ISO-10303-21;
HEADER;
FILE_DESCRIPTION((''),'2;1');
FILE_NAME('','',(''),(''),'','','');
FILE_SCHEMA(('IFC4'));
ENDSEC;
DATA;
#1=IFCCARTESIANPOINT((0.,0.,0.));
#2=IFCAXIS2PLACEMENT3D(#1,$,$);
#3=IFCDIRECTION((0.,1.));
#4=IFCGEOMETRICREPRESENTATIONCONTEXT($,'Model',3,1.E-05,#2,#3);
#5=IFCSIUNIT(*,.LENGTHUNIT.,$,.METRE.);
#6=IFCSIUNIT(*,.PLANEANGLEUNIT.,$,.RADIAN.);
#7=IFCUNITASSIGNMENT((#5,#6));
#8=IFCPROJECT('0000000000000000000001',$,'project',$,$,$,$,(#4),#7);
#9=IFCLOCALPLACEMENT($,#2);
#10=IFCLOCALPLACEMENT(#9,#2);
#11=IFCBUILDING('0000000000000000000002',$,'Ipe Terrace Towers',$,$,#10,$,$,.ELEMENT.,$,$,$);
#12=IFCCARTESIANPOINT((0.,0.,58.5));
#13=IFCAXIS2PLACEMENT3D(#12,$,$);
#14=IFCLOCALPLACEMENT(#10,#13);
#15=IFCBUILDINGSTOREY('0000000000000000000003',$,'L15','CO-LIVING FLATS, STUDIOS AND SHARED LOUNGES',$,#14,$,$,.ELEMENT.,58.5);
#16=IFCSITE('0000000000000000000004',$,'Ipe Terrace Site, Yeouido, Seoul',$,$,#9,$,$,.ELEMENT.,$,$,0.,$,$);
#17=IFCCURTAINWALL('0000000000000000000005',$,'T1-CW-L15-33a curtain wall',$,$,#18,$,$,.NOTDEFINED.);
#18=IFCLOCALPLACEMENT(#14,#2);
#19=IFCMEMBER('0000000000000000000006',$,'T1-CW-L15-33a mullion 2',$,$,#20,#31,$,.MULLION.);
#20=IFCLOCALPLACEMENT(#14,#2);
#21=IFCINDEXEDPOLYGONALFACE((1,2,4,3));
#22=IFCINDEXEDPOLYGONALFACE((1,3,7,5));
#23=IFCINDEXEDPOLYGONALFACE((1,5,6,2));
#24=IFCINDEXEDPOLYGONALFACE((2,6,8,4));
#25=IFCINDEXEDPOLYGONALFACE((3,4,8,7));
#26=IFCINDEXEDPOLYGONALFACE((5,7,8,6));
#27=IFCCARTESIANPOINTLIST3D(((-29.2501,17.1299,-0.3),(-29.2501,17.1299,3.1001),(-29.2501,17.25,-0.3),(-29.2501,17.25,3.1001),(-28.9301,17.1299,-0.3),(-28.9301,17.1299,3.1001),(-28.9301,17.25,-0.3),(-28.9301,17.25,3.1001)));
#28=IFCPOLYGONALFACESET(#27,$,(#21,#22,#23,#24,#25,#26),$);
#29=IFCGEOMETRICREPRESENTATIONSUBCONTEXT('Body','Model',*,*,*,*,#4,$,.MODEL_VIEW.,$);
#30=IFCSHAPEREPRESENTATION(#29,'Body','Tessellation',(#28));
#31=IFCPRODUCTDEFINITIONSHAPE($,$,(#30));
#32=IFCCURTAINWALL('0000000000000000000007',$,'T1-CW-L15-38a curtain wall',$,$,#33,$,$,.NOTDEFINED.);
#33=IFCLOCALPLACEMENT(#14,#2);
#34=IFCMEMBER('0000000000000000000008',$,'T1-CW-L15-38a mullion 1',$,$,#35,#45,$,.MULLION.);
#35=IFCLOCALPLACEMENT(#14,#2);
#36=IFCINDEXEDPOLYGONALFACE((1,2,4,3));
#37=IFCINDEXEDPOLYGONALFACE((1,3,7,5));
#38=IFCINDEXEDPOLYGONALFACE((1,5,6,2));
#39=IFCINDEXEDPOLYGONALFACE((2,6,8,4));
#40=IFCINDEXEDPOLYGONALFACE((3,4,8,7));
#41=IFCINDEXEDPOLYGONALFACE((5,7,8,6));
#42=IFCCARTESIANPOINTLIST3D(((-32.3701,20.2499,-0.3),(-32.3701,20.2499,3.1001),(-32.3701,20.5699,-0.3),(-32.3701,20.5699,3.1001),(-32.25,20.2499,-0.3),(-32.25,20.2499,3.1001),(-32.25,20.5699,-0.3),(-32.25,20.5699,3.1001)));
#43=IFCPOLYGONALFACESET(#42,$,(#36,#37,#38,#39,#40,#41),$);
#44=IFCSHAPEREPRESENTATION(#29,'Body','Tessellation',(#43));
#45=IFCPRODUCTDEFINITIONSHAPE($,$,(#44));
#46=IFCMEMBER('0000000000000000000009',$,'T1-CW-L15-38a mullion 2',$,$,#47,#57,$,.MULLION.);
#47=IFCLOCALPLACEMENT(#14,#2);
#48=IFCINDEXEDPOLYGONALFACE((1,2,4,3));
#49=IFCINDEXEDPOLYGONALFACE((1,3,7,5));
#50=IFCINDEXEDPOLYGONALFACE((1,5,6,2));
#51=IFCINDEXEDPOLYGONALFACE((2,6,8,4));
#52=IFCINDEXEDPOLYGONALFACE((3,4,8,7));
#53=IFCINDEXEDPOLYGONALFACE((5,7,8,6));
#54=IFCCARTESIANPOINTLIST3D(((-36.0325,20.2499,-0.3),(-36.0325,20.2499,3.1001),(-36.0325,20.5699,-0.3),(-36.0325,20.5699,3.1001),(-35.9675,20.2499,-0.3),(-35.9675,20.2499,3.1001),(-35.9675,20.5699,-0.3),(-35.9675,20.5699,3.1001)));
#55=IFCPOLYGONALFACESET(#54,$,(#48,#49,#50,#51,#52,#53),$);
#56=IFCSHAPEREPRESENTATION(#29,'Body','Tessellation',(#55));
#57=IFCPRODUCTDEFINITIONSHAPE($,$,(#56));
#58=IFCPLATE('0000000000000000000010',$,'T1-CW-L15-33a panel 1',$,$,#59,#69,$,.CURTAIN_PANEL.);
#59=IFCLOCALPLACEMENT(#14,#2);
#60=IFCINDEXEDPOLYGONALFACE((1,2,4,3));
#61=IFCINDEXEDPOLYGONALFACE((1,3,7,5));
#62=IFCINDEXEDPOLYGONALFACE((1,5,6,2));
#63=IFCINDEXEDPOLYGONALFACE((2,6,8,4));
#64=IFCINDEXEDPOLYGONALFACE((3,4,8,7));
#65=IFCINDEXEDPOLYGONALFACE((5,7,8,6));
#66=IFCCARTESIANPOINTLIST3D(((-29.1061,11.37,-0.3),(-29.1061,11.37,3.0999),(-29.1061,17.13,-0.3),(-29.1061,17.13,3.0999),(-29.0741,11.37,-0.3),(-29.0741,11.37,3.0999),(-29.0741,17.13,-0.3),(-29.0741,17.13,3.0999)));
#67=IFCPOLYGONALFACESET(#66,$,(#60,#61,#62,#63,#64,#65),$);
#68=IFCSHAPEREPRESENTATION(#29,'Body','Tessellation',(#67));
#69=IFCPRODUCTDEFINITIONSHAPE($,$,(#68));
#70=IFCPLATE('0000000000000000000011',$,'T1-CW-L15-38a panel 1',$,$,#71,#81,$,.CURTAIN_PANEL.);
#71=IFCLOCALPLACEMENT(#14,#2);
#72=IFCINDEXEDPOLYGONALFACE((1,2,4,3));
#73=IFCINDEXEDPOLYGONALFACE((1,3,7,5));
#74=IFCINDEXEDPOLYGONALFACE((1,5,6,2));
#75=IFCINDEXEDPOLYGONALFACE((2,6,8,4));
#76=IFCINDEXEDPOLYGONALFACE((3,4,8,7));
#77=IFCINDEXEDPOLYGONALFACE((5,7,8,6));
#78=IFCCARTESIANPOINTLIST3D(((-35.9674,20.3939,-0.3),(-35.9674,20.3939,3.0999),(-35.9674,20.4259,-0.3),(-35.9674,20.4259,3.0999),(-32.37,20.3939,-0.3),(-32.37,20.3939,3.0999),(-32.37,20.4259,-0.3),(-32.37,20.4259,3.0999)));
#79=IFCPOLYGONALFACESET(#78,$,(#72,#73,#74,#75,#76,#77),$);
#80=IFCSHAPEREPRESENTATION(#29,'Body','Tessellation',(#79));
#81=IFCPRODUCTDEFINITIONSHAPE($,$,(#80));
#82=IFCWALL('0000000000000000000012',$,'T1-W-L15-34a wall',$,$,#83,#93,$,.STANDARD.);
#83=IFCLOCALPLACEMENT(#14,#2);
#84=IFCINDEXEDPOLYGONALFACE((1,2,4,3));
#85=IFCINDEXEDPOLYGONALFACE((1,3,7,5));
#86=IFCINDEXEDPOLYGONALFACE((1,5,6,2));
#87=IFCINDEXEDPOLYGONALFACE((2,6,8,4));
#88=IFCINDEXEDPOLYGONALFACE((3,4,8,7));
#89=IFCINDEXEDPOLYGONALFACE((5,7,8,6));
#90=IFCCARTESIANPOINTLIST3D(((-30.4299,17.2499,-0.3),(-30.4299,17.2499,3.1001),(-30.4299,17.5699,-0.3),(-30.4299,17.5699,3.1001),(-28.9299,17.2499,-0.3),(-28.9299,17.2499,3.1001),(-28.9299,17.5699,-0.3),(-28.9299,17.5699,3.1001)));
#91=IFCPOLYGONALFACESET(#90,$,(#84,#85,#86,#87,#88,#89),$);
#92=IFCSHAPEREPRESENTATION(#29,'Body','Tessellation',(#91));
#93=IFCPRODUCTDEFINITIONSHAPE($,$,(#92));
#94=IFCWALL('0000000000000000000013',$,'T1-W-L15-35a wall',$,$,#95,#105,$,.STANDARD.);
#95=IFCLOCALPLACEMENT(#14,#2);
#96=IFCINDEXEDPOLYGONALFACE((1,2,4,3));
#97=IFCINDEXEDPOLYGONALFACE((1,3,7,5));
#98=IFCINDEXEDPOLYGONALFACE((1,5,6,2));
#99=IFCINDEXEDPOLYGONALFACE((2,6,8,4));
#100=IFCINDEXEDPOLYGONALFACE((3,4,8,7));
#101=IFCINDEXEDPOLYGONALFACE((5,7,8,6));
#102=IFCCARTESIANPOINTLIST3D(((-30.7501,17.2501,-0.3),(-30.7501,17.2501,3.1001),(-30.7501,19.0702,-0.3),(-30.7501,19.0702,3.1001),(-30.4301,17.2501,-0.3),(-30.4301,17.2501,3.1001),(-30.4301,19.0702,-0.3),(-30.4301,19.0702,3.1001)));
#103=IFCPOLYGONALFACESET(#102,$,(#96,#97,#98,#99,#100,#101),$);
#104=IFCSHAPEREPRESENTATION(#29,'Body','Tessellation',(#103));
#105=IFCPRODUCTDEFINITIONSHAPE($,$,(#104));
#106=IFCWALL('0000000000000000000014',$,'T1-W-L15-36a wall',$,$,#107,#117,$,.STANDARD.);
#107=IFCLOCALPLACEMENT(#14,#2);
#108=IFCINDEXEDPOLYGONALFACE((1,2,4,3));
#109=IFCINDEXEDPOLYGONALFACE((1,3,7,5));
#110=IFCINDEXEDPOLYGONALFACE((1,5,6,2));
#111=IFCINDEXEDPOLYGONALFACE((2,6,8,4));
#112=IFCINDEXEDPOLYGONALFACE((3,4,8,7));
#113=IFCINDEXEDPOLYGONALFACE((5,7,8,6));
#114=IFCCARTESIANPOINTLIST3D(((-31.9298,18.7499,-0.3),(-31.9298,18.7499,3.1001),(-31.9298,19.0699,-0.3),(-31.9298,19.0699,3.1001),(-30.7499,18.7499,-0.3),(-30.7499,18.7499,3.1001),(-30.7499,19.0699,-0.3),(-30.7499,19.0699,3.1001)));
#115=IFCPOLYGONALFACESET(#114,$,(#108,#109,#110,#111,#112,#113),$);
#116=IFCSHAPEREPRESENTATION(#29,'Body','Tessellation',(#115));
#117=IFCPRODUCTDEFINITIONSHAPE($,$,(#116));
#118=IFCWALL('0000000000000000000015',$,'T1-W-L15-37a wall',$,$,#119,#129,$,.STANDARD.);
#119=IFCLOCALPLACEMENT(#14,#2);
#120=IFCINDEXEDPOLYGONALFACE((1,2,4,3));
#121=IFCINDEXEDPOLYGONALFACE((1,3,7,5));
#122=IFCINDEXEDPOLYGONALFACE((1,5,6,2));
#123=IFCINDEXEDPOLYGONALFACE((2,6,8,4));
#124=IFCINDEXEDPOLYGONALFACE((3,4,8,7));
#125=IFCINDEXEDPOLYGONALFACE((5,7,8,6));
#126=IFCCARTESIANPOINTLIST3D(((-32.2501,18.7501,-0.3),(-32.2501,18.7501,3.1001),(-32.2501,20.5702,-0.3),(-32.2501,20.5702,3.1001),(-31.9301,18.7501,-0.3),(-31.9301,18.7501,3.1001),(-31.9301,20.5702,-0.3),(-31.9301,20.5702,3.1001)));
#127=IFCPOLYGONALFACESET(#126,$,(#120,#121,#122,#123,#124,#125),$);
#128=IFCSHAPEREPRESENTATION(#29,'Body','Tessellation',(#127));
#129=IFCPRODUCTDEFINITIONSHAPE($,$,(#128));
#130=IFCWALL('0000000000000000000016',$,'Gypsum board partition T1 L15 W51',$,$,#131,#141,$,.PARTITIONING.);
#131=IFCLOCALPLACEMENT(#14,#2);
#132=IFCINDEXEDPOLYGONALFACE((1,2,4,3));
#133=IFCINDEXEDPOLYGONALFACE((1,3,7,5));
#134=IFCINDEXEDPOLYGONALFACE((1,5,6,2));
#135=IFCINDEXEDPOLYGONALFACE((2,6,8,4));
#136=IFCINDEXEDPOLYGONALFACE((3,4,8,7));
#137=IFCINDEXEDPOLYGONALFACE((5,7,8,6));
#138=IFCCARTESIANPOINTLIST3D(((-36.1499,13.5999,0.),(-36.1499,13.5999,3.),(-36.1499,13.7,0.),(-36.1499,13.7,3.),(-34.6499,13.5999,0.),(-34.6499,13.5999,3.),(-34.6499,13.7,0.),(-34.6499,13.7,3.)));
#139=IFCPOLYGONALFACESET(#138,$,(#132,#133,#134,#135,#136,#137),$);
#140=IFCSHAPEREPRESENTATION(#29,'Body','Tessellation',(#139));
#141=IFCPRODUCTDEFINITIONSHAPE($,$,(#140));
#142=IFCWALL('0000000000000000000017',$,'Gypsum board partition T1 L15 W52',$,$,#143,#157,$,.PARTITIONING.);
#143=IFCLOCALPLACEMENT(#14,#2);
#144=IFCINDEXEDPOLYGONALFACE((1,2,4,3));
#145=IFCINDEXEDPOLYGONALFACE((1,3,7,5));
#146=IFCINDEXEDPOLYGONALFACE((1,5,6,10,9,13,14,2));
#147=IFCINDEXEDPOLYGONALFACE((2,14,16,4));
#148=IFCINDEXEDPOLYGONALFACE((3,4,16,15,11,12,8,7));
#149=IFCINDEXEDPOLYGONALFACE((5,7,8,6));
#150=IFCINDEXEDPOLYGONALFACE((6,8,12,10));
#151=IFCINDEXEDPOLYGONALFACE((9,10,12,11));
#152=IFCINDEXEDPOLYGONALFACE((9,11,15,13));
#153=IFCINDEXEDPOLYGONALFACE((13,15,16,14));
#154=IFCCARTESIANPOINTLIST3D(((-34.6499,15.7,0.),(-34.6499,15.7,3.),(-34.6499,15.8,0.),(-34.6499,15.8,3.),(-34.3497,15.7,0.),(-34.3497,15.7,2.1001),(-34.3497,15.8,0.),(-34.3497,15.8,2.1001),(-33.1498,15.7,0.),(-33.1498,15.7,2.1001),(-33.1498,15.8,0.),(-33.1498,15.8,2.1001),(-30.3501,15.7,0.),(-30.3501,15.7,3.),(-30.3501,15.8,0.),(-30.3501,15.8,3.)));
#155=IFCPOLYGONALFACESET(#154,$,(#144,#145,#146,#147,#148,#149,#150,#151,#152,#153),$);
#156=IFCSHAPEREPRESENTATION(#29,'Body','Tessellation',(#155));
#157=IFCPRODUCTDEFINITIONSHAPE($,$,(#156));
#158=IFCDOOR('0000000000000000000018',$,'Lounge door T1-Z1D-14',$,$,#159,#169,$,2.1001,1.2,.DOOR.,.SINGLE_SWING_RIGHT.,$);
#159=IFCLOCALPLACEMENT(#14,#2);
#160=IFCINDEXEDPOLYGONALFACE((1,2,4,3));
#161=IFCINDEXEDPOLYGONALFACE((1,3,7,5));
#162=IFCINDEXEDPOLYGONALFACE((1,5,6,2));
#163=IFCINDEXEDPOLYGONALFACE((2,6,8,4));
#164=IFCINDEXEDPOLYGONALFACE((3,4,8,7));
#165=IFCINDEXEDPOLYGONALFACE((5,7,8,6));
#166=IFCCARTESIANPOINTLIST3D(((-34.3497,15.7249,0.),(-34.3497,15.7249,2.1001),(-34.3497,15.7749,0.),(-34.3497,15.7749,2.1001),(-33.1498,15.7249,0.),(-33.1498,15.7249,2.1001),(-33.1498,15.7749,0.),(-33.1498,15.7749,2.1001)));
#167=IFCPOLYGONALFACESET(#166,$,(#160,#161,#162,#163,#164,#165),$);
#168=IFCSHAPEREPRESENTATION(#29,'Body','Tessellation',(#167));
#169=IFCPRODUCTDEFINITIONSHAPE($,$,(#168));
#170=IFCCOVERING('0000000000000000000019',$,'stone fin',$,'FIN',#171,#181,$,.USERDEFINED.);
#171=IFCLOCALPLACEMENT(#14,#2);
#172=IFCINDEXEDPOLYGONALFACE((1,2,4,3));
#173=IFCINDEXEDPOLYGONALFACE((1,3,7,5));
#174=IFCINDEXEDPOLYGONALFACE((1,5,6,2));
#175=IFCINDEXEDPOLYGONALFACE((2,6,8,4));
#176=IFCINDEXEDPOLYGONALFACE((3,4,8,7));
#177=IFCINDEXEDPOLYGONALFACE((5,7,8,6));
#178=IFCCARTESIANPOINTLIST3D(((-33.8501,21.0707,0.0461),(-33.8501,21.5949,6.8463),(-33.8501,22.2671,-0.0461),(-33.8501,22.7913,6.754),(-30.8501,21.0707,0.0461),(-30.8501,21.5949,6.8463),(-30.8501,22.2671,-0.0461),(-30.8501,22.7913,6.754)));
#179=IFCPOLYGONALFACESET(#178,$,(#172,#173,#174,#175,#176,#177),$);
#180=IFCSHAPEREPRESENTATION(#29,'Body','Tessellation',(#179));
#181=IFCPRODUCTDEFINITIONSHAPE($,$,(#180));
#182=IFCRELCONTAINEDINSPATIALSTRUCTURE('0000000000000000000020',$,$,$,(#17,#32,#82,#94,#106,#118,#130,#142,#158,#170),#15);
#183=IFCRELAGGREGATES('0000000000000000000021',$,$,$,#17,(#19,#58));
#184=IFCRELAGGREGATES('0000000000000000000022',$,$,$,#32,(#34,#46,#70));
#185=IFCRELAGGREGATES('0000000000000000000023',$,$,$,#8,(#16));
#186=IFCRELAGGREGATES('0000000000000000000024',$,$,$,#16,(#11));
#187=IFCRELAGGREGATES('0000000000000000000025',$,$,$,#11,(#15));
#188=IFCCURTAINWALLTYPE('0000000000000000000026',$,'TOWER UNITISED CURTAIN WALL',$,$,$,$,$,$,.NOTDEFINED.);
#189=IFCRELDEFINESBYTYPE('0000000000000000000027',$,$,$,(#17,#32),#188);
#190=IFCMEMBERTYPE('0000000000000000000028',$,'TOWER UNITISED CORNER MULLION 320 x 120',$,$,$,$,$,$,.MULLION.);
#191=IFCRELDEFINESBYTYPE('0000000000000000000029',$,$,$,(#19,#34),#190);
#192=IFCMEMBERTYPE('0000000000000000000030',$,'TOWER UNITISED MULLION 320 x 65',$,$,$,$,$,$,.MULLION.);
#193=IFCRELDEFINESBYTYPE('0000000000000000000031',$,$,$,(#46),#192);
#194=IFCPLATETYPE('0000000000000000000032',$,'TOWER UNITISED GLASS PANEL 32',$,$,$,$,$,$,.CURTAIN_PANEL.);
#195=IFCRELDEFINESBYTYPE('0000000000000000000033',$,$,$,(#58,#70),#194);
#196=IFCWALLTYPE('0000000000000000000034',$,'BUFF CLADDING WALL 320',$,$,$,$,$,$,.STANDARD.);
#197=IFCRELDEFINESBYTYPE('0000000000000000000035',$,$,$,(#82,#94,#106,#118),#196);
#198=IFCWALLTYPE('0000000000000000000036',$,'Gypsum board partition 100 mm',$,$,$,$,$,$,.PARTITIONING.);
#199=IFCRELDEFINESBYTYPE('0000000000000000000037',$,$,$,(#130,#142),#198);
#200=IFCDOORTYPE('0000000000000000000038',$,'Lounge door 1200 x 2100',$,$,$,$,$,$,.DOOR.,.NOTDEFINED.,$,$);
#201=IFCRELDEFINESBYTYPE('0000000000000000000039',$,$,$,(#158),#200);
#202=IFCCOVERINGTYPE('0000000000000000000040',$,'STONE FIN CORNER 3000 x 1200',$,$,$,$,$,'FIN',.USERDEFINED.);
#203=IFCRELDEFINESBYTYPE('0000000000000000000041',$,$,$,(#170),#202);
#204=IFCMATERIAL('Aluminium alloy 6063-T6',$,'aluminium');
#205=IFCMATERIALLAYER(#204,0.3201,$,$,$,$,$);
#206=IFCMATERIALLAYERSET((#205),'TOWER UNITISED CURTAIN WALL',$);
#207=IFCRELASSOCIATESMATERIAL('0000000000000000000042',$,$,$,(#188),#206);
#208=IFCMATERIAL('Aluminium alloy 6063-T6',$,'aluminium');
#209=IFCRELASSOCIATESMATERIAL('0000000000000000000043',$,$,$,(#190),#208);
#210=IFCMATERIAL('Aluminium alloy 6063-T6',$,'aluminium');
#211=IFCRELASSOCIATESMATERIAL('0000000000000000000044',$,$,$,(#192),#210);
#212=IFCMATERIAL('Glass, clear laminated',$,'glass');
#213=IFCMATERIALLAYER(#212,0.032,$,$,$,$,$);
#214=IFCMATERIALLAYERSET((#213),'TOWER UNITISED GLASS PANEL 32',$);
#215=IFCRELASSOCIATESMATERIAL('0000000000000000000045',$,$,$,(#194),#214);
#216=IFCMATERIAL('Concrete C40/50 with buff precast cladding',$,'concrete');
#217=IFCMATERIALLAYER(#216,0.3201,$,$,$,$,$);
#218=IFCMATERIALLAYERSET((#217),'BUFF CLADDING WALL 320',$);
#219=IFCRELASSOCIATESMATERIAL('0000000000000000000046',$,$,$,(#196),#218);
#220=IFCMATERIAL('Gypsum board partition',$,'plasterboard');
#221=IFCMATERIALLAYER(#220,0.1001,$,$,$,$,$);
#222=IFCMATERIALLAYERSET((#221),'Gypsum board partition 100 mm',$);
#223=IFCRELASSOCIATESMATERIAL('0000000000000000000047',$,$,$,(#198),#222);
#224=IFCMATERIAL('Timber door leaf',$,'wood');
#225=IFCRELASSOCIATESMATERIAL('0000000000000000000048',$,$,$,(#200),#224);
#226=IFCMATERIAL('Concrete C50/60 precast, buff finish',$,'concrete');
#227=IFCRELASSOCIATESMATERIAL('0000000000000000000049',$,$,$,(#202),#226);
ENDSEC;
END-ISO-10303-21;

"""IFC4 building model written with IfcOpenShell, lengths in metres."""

from ifc_helpers import new_model, si_unit, direction, frame, frame_2d, origin, origin_2d, place, context, subcontext, project, spatial, rectangle, extrude, material, layer, layer_set, material_profile, profile_set, type_object, element, fill, aggregate, save


model = new_model("IFC4")

# Units and contexts
model_context = context("Model", 3, precision=1e-05, world=origin(), true_north=direction((0.0, 1.0)))
body_context = subcontext(model_context, "Body", "Model", "MODEL_VIEW")
ifc_project = project(units=[si_unit("LENGTHUNIT", "METRE"), si_unit("PLANEANGLEUNIT", "RADIAN")], contexts=[model_context])

# Site, building, storey
site_placement = place(None, origin())
site = spatial("IfcSite", under=ifc_project, at=site_placement, Name="Ipe Terrace Site, Yeouido, Seoul", CompositionType="ELEMENT", RefElevation=0.0)
building_placement = place(site_placement, origin())
building = spatial("IfcBuilding", under=site, at=building_placement, Name="Ipe Terrace Towers", CompositionType="ELEMENT")
storey_placement = place(building_placement, frame((0.0, 0.0, 58.5)))
storey = spatial("IfcBuildingStorey", under=building, at=storey_placement, Name="L15", Description="CO-LIVING FLATS, STUDIOS AND SHARED LOUNGES", CompositionType="ELEMENT", Elevation=58.5)

# Curtain wall, member
ifc_material_1 = material(Name="Aluminium alloy 6063-T6", Category="aluminium")
ifc_layer_1 = layer(ifc_material_1, 0.3201)
ifc_layer_set_1 = layer_set([ifc_layer_1], Name="TOWER UNITISED CURTAIN WALL")
curtain_wall_type = type_object("IfcCurtainWallType", Name="TOWER UNITISED CURTAIN WALL", PredefinedType="NOTDEFINED", material=ifc_layer_set_1)
curtain_wall_1_placement = place(storey_placement, origin())
curtain_wall_1 = element("IfcCurtainWall", 1, at=curtain_wall_1_placement, inside=storey, type_object=curtain_wall_type, Name="T1-CW-L15-33a curtain wall", PredefinedType="NOTDEFINED")
ifc_material_2 = material(Name="Aluminium alloy 6063-T6", Category="aluminium")
ifc_material_profile_1 = material_profile(ifc_material_2, rectangle(XDim=0.3201, YDim=0.1201, at=origin_2d()), Name="TOWER UNITISED CORNER MULLION 320 x 120")
ifc_profile_set_1 = profile_set([ifc_material_profile_1], Name="Aluminium alloy 6063-T6")
member_type_1 = type_object("IfcMemberType", Name="TOWER UNITISED CORNER MULLION 320 x 120", PredefinedType="MULLION", material=ifc_profile_set_1)
member_1_placement = place(storey_placement, frame((-29.0901, 17.1899, -0.3), z_axis=(0.0, 0.0, 1.0), x_axis=(1.0, 0.0, 0.0)))
member_1 = element("IfcMember", 2, at=member_1_placement, type_object=member_type_1, Name="T1-CW-L15-33a mullion 2", PredefinedType="MULLION", context=body_context, shape_type="SweptSolid", body=[
    extrude(rectangle(XDim=0.3201, YDim=0.1201, at=origin_2d()), origin(), (0.0, 0.0, 1.0), 3.4001),
])

# Curtain wall, members
curtain_wall_2_placement = place(storey_placement, origin())
curtain_wall_2 = element("IfcCurtainWall", 3, at=curtain_wall_2_placement, inside=storey, type_object=curtain_wall_type, Name="T1-CW-L15-38a curtain wall", PredefinedType="NOTDEFINED")
member_2_placement = place(storey_placement, frame((-32.3101, 20.4099, -0.3), z_axis=(0.0, 0.0, 1.0), x_axis=(0.0, 1.0, 0.0)))
member_2 = element("IfcMember", 4, at=member_2_placement, type_object=member_type_1, Name="T1-CW-L15-38a mullion 1", PredefinedType="MULLION", context=body_context, shape_type="SweptSolid", body=[
    extrude(rectangle(XDim=0.3201, YDim=0.1201, at=origin_2d()), origin(), (0.0, 0.0, 1.0), 3.4001),
])
ifc_material_3 = material(Name="Aluminium alloy 6063-T6", Category="aluminium")
ifc_material_profile_2 = material_profile(ifc_material_3, rectangle(XDim=0.3201, YDim=0.0649, at=origin_2d()), Name="TOWER UNITISED MULLION 320 x 65")
ifc_profile_set_2 = profile_set([ifc_material_profile_2], Name="Aluminium alloy 6063-T6")
member_type_2 = type_object("IfcMemberType", Name="TOWER UNITISED MULLION 320 x 65", PredefinedType="MULLION", material=ifc_profile_set_2)
member_3_placement = place(storey_placement, frame((-36.0, 20.4099, -0.3), z_axis=(0.0, 0.0, 1.0), x_axis=(0.0, 1.0, 0.0)))
member_3 = element("IfcMember", 5, at=member_3_placement, type_object=member_type_2, Name="T1-CW-L15-38a mullion 2", PredefinedType="MULLION", context=body_context, shape_type="SweptSolid", body=[
    extrude(rectangle(XDim=0.3201, YDim=0.0649, at=origin_2d()), origin(), (0.0, 0.0, 1.0), 3.4001),
])

# Plates
ifc_material_4 = material(Name="Glass, clear laminated", Category="glass")
ifc_layer_2 = layer(ifc_material_4, 0.032)
ifc_layer_set_2 = layer_set([ifc_layer_2], Name="TOWER UNITISED GLASS PANEL 32")
plate_type = type_object("IfcPlateType", Name="TOWER UNITISED GLASS PANEL 32", PredefinedType="CURTAIN_PANEL", material=ifc_layer_set_2)
plate_1_placement = place(storey_placement, frame((-29.0901, 14.25, -0.3), z_axis=(0.0, 0.0, 1.0), x_axis=(0.0, 1.0, 0.0)))
plate_1 = element("IfcPlate", 6, at=plate_1_placement, type_object=plate_type, Name="T1-CW-L15-33a panel 1", PredefinedType="CURTAIN_PANEL", context=body_context, shape_type="SweptSolid", body=[
    extrude(rectangle(XDim=5.76, YDim=0.032, at=origin_2d()), origin(), (0.0, 0.0, 1.0), 3.3999),
])
aggregate(curtain_wall_1, [member_1, plate_1])
plate_2_placement = place(storey_placement, frame((-34.1687, 20.4099, -0.3), z_axis=(0.0, 0.0, 1.0), x_axis=(-1.0, 0.0, 0.0)))
plate_2 = element("IfcPlate", 7, at=plate_2_placement, type_object=plate_type, Name="T1-CW-L15-38a panel 1", PredefinedType="CURTAIN_PANEL", context=body_context, shape_type="SweptSolid", body=[
    extrude(rectangle(XDim=3.5974, YDim=0.032, at=origin_2d()), origin(), (0.0, 0.0, 1.0), 3.3999),
])
aggregate(curtain_wall_2, [member_2, member_3, plate_2])

# Walls
ifc_material_5 = material(Name="Concrete C40/50 with buff precast cladding", Category="concrete")
ifc_layer_3 = layer(ifc_material_5, 0.3201)
ifc_layer_set_3 = layer_set([ifc_layer_3], Name="BUFF CLADDING WALL 320")
wall_type_1 = type_object("IfcWallType", Name="BUFF CLADDING WALL 320", PredefinedType="STANDARD", material=ifc_layer_set_3)
wall_1_placement = place(storey_placement, frame((-28.9299, 17.4099, -0.3), z_axis=(0.0, 0.0, 1.0), x_axis=(-1.0, 0.0, 0.0)))
element("IfcWall", 8, at=wall_1_placement, inside=storey, type_object=wall_type_1, Name="T1-W-L15-34a wall", PredefinedType="STANDARD", context=body_context, shape_type="SweptSolid", body=[
    extrude(rectangle(XDim=1.5, YDim=0.3201, at=frame_2d((0.75, 0.0))), origin(), (0.0, 0.0, 1.0), 3.4001),
])
wall_2_placement = place(storey_placement, frame((-30.5901, 17.25, -0.3), z_axis=(0.0, 0.0, 1.0), x_axis=(0.0, 1.0, 0.0)))
element("IfcWall", 9, at=wall_2_placement, inside=storey, type_object=wall_type_1, Name="T1-W-L15-35a wall", PredefinedType="STANDARD", context=body_context, shape_type="SweptSolid", body=[
    extrude(rectangle(XDim=1.8201, YDim=0.3201, at=frame_2d((0.9102, 0.0))), origin(), (0.0, 0.0, 1.0), 3.4001),
])
wall_3_placement = place(storey_placement, frame((-30.75, 18.9099, -0.3), z_axis=(0.0, 0.0, 1.0), x_axis=(-1.0, 0.0, 0.0)))
element("IfcWall", 10, at=wall_3_placement, inside=storey, type_object=wall_type_1, Name="T1-W-L15-36a wall", PredefinedType="STANDARD", context=body_context, shape_type="SweptSolid", body=[
    extrude(rectangle(XDim=1.1799, YDim=0.3201, at=frame_2d((0.5898, 0.0))), origin(), (0.0, 0.0, 1.0), 3.4001),
])
wall_4_placement = place(storey_placement, frame((-32.0901, 18.75, -0.3), z_axis=(0.0, 0.0, 1.0), x_axis=(0.0, 1.0, 0.0)))
element("IfcWall", 11, at=wall_4_placement, inside=storey, type_object=wall_type_1, Name="T1-W-L15-37a wall", PredefinedType="STANDARD", context=body_context, shape_type="SweptSolid", body=[
    extrude(rectangle(XDim=1.8201, YDim=0.3201, at=frame_2d((0.9102, 0.0))), origin(), (0.0, 0.0, 1.0), 3.4001),
])
ifc_material_6 = material(Name="Gypsum board partition", Category="plasterboard")
ifc_layer_4 = layer(ifc_material_6, 0.1001)
ifc_layer_set_4 = layer_set([ifc_layer_4], Name="Gypsum board partition 100 mm")
wall_type_2 = type_object("IfcWallType", Name="Gypsum board partition 100 mm", PredefinedType="PARTITIONING", material=ifc_layer_set_4)
wall_5_placement = place(storey_placement, frame((-36.1499, 13.6499, 0.0), z_axis=(0.0, 0.0, 1.0), x_axis=(1.0, 0.0, 0.0)))
element("IfcWall", 12, at=wall_5_placement, inside=storey, type_object=wall_type_2, Name="Gypsum board partition T1 L15 W51", PredefinedType="PARTITIONING", context=body_context, shape_type="SweptSolid", body=[
    extrude(rectangle(XDim=1.5, YDim=0.1001, at=frame_2d((0.75, 0.0))), origin(), (0.0, 0.0, 1.0), 3.0),
])

# Wall, opening, door
wall_6_placement = place(storey_placement, frame((-34.6499, 15.75, 0.0), z_axis=(0.0, 0.0, 1.0), x_axis=(1.0, 0.0, 0.0)))
wall_6 = element("IfcWall", 13, at=wall_6_placement, inside=storey, type_object=wall_type_2, Name="Gypsum board partition T1 L15 W52", PredefinedType="PARTITIONING", context=body_context, shape_type="SweptSolid", body=[
    extrude(rectangle(XDim=4.2998, YDim=0.1001, at=frame_2d((2.1499, 0.0))), origin(), (0.0, 0.0, 1.0), 3.0),
])
opening_placement = place(wall_6_placement, frame((0.3, 0.0, 0.0)))
opening = element("IfcOpeningElement", 14, at=opening_placement, cuts=wall_6, PredefinedType="OPENING", context=body_context, shape_type="SweptSolid", body=[
    extrude(rectangle(XDim=1.2, YDim=2.1001, at=frame_2d((0.6001, 1.05))), frame((0.0, 0.0601, 0.0), z_axis=(0.0, -1.0, 0.0), x_axis=(1.0, 0.0, 0.0)), (0.0, 0.0, 1.0), 0.1201),
])
ifc_material_7 = material(Name="Timber door leaf", Category="wood")
door_type = type_object("IfcDoorType", Name="Lounge door 1200 x 2100", OperationType="NOTDEFINED", PredefinedType="DOOR", material=ifc_material_7)
door_placement = place(opening_placement, origin())
door = element("IfcDoor", 15, at=door_placement, inside=storey, type_object=door_type, Name="Lounge door T1-Z1D-14", OperationType="SINGLE_SWING_RIGHT", OverallHeight=2.1001, OverallWidth=1.2, PredefinedType="DOOR", context=body_context, shape_type="SweptSolid", body=[
    extrude(rectangle(XDim=1.2, YDim=2.1001, at=frame_2d((0.6001, 1.05))), frame((0.0, 0.0249, 0.0), z_axis=(0.0, -1.0, 0.0), x_axis=(1.0, 0.0, 0.0)), (0.0, 0.0, 1.0), 0.05),
])
fill(opening, door)

# Covering
ifc_material_8 = material(Name="Concrete C50/60 precast, buff finish", Category="concrete")
ifc_material_profile_3 = material_profile(ifc_material_8, rectangle(XDim=3.0, YDim=1.2, at=origin_2d()), Name="STONE FIN CORNER 3000 x 1200")
ifc_profile_set_3 = profile_set([ifc_material_profile_3], Name="Concrete C50/60 precast, buff finish")
covering_type_1 = type_object("IfcCoveringType", Name="STONE FIN CORNER 3000 x 1200", ElementType="FIN", PredefinedType="USERDEFINED", material=ifc_profile_set_3)
covering_placement = place(storey_placement, frame((-32.3501, 21.6689, 0.0), z_axis=(0.0, 0.076855, 0.997042), x_axis=(-1.0, 0.0, 0.0)))
element("IfcCovering", 16, at=covering_placement, inside=storey, type_object=covering_type_1, Name="stone fin", ObjectType="FIN", PredefinedType="USERDEFINED", context=body_context, shape_type="SweptSolid", body=[
    extrude(rectangle(XDim=3.0, YDim=1.2, at=origin_2d()), origin(), (0.0, 0.0, 1.0), 6.8203),
])

save(model, "model.ifc")
